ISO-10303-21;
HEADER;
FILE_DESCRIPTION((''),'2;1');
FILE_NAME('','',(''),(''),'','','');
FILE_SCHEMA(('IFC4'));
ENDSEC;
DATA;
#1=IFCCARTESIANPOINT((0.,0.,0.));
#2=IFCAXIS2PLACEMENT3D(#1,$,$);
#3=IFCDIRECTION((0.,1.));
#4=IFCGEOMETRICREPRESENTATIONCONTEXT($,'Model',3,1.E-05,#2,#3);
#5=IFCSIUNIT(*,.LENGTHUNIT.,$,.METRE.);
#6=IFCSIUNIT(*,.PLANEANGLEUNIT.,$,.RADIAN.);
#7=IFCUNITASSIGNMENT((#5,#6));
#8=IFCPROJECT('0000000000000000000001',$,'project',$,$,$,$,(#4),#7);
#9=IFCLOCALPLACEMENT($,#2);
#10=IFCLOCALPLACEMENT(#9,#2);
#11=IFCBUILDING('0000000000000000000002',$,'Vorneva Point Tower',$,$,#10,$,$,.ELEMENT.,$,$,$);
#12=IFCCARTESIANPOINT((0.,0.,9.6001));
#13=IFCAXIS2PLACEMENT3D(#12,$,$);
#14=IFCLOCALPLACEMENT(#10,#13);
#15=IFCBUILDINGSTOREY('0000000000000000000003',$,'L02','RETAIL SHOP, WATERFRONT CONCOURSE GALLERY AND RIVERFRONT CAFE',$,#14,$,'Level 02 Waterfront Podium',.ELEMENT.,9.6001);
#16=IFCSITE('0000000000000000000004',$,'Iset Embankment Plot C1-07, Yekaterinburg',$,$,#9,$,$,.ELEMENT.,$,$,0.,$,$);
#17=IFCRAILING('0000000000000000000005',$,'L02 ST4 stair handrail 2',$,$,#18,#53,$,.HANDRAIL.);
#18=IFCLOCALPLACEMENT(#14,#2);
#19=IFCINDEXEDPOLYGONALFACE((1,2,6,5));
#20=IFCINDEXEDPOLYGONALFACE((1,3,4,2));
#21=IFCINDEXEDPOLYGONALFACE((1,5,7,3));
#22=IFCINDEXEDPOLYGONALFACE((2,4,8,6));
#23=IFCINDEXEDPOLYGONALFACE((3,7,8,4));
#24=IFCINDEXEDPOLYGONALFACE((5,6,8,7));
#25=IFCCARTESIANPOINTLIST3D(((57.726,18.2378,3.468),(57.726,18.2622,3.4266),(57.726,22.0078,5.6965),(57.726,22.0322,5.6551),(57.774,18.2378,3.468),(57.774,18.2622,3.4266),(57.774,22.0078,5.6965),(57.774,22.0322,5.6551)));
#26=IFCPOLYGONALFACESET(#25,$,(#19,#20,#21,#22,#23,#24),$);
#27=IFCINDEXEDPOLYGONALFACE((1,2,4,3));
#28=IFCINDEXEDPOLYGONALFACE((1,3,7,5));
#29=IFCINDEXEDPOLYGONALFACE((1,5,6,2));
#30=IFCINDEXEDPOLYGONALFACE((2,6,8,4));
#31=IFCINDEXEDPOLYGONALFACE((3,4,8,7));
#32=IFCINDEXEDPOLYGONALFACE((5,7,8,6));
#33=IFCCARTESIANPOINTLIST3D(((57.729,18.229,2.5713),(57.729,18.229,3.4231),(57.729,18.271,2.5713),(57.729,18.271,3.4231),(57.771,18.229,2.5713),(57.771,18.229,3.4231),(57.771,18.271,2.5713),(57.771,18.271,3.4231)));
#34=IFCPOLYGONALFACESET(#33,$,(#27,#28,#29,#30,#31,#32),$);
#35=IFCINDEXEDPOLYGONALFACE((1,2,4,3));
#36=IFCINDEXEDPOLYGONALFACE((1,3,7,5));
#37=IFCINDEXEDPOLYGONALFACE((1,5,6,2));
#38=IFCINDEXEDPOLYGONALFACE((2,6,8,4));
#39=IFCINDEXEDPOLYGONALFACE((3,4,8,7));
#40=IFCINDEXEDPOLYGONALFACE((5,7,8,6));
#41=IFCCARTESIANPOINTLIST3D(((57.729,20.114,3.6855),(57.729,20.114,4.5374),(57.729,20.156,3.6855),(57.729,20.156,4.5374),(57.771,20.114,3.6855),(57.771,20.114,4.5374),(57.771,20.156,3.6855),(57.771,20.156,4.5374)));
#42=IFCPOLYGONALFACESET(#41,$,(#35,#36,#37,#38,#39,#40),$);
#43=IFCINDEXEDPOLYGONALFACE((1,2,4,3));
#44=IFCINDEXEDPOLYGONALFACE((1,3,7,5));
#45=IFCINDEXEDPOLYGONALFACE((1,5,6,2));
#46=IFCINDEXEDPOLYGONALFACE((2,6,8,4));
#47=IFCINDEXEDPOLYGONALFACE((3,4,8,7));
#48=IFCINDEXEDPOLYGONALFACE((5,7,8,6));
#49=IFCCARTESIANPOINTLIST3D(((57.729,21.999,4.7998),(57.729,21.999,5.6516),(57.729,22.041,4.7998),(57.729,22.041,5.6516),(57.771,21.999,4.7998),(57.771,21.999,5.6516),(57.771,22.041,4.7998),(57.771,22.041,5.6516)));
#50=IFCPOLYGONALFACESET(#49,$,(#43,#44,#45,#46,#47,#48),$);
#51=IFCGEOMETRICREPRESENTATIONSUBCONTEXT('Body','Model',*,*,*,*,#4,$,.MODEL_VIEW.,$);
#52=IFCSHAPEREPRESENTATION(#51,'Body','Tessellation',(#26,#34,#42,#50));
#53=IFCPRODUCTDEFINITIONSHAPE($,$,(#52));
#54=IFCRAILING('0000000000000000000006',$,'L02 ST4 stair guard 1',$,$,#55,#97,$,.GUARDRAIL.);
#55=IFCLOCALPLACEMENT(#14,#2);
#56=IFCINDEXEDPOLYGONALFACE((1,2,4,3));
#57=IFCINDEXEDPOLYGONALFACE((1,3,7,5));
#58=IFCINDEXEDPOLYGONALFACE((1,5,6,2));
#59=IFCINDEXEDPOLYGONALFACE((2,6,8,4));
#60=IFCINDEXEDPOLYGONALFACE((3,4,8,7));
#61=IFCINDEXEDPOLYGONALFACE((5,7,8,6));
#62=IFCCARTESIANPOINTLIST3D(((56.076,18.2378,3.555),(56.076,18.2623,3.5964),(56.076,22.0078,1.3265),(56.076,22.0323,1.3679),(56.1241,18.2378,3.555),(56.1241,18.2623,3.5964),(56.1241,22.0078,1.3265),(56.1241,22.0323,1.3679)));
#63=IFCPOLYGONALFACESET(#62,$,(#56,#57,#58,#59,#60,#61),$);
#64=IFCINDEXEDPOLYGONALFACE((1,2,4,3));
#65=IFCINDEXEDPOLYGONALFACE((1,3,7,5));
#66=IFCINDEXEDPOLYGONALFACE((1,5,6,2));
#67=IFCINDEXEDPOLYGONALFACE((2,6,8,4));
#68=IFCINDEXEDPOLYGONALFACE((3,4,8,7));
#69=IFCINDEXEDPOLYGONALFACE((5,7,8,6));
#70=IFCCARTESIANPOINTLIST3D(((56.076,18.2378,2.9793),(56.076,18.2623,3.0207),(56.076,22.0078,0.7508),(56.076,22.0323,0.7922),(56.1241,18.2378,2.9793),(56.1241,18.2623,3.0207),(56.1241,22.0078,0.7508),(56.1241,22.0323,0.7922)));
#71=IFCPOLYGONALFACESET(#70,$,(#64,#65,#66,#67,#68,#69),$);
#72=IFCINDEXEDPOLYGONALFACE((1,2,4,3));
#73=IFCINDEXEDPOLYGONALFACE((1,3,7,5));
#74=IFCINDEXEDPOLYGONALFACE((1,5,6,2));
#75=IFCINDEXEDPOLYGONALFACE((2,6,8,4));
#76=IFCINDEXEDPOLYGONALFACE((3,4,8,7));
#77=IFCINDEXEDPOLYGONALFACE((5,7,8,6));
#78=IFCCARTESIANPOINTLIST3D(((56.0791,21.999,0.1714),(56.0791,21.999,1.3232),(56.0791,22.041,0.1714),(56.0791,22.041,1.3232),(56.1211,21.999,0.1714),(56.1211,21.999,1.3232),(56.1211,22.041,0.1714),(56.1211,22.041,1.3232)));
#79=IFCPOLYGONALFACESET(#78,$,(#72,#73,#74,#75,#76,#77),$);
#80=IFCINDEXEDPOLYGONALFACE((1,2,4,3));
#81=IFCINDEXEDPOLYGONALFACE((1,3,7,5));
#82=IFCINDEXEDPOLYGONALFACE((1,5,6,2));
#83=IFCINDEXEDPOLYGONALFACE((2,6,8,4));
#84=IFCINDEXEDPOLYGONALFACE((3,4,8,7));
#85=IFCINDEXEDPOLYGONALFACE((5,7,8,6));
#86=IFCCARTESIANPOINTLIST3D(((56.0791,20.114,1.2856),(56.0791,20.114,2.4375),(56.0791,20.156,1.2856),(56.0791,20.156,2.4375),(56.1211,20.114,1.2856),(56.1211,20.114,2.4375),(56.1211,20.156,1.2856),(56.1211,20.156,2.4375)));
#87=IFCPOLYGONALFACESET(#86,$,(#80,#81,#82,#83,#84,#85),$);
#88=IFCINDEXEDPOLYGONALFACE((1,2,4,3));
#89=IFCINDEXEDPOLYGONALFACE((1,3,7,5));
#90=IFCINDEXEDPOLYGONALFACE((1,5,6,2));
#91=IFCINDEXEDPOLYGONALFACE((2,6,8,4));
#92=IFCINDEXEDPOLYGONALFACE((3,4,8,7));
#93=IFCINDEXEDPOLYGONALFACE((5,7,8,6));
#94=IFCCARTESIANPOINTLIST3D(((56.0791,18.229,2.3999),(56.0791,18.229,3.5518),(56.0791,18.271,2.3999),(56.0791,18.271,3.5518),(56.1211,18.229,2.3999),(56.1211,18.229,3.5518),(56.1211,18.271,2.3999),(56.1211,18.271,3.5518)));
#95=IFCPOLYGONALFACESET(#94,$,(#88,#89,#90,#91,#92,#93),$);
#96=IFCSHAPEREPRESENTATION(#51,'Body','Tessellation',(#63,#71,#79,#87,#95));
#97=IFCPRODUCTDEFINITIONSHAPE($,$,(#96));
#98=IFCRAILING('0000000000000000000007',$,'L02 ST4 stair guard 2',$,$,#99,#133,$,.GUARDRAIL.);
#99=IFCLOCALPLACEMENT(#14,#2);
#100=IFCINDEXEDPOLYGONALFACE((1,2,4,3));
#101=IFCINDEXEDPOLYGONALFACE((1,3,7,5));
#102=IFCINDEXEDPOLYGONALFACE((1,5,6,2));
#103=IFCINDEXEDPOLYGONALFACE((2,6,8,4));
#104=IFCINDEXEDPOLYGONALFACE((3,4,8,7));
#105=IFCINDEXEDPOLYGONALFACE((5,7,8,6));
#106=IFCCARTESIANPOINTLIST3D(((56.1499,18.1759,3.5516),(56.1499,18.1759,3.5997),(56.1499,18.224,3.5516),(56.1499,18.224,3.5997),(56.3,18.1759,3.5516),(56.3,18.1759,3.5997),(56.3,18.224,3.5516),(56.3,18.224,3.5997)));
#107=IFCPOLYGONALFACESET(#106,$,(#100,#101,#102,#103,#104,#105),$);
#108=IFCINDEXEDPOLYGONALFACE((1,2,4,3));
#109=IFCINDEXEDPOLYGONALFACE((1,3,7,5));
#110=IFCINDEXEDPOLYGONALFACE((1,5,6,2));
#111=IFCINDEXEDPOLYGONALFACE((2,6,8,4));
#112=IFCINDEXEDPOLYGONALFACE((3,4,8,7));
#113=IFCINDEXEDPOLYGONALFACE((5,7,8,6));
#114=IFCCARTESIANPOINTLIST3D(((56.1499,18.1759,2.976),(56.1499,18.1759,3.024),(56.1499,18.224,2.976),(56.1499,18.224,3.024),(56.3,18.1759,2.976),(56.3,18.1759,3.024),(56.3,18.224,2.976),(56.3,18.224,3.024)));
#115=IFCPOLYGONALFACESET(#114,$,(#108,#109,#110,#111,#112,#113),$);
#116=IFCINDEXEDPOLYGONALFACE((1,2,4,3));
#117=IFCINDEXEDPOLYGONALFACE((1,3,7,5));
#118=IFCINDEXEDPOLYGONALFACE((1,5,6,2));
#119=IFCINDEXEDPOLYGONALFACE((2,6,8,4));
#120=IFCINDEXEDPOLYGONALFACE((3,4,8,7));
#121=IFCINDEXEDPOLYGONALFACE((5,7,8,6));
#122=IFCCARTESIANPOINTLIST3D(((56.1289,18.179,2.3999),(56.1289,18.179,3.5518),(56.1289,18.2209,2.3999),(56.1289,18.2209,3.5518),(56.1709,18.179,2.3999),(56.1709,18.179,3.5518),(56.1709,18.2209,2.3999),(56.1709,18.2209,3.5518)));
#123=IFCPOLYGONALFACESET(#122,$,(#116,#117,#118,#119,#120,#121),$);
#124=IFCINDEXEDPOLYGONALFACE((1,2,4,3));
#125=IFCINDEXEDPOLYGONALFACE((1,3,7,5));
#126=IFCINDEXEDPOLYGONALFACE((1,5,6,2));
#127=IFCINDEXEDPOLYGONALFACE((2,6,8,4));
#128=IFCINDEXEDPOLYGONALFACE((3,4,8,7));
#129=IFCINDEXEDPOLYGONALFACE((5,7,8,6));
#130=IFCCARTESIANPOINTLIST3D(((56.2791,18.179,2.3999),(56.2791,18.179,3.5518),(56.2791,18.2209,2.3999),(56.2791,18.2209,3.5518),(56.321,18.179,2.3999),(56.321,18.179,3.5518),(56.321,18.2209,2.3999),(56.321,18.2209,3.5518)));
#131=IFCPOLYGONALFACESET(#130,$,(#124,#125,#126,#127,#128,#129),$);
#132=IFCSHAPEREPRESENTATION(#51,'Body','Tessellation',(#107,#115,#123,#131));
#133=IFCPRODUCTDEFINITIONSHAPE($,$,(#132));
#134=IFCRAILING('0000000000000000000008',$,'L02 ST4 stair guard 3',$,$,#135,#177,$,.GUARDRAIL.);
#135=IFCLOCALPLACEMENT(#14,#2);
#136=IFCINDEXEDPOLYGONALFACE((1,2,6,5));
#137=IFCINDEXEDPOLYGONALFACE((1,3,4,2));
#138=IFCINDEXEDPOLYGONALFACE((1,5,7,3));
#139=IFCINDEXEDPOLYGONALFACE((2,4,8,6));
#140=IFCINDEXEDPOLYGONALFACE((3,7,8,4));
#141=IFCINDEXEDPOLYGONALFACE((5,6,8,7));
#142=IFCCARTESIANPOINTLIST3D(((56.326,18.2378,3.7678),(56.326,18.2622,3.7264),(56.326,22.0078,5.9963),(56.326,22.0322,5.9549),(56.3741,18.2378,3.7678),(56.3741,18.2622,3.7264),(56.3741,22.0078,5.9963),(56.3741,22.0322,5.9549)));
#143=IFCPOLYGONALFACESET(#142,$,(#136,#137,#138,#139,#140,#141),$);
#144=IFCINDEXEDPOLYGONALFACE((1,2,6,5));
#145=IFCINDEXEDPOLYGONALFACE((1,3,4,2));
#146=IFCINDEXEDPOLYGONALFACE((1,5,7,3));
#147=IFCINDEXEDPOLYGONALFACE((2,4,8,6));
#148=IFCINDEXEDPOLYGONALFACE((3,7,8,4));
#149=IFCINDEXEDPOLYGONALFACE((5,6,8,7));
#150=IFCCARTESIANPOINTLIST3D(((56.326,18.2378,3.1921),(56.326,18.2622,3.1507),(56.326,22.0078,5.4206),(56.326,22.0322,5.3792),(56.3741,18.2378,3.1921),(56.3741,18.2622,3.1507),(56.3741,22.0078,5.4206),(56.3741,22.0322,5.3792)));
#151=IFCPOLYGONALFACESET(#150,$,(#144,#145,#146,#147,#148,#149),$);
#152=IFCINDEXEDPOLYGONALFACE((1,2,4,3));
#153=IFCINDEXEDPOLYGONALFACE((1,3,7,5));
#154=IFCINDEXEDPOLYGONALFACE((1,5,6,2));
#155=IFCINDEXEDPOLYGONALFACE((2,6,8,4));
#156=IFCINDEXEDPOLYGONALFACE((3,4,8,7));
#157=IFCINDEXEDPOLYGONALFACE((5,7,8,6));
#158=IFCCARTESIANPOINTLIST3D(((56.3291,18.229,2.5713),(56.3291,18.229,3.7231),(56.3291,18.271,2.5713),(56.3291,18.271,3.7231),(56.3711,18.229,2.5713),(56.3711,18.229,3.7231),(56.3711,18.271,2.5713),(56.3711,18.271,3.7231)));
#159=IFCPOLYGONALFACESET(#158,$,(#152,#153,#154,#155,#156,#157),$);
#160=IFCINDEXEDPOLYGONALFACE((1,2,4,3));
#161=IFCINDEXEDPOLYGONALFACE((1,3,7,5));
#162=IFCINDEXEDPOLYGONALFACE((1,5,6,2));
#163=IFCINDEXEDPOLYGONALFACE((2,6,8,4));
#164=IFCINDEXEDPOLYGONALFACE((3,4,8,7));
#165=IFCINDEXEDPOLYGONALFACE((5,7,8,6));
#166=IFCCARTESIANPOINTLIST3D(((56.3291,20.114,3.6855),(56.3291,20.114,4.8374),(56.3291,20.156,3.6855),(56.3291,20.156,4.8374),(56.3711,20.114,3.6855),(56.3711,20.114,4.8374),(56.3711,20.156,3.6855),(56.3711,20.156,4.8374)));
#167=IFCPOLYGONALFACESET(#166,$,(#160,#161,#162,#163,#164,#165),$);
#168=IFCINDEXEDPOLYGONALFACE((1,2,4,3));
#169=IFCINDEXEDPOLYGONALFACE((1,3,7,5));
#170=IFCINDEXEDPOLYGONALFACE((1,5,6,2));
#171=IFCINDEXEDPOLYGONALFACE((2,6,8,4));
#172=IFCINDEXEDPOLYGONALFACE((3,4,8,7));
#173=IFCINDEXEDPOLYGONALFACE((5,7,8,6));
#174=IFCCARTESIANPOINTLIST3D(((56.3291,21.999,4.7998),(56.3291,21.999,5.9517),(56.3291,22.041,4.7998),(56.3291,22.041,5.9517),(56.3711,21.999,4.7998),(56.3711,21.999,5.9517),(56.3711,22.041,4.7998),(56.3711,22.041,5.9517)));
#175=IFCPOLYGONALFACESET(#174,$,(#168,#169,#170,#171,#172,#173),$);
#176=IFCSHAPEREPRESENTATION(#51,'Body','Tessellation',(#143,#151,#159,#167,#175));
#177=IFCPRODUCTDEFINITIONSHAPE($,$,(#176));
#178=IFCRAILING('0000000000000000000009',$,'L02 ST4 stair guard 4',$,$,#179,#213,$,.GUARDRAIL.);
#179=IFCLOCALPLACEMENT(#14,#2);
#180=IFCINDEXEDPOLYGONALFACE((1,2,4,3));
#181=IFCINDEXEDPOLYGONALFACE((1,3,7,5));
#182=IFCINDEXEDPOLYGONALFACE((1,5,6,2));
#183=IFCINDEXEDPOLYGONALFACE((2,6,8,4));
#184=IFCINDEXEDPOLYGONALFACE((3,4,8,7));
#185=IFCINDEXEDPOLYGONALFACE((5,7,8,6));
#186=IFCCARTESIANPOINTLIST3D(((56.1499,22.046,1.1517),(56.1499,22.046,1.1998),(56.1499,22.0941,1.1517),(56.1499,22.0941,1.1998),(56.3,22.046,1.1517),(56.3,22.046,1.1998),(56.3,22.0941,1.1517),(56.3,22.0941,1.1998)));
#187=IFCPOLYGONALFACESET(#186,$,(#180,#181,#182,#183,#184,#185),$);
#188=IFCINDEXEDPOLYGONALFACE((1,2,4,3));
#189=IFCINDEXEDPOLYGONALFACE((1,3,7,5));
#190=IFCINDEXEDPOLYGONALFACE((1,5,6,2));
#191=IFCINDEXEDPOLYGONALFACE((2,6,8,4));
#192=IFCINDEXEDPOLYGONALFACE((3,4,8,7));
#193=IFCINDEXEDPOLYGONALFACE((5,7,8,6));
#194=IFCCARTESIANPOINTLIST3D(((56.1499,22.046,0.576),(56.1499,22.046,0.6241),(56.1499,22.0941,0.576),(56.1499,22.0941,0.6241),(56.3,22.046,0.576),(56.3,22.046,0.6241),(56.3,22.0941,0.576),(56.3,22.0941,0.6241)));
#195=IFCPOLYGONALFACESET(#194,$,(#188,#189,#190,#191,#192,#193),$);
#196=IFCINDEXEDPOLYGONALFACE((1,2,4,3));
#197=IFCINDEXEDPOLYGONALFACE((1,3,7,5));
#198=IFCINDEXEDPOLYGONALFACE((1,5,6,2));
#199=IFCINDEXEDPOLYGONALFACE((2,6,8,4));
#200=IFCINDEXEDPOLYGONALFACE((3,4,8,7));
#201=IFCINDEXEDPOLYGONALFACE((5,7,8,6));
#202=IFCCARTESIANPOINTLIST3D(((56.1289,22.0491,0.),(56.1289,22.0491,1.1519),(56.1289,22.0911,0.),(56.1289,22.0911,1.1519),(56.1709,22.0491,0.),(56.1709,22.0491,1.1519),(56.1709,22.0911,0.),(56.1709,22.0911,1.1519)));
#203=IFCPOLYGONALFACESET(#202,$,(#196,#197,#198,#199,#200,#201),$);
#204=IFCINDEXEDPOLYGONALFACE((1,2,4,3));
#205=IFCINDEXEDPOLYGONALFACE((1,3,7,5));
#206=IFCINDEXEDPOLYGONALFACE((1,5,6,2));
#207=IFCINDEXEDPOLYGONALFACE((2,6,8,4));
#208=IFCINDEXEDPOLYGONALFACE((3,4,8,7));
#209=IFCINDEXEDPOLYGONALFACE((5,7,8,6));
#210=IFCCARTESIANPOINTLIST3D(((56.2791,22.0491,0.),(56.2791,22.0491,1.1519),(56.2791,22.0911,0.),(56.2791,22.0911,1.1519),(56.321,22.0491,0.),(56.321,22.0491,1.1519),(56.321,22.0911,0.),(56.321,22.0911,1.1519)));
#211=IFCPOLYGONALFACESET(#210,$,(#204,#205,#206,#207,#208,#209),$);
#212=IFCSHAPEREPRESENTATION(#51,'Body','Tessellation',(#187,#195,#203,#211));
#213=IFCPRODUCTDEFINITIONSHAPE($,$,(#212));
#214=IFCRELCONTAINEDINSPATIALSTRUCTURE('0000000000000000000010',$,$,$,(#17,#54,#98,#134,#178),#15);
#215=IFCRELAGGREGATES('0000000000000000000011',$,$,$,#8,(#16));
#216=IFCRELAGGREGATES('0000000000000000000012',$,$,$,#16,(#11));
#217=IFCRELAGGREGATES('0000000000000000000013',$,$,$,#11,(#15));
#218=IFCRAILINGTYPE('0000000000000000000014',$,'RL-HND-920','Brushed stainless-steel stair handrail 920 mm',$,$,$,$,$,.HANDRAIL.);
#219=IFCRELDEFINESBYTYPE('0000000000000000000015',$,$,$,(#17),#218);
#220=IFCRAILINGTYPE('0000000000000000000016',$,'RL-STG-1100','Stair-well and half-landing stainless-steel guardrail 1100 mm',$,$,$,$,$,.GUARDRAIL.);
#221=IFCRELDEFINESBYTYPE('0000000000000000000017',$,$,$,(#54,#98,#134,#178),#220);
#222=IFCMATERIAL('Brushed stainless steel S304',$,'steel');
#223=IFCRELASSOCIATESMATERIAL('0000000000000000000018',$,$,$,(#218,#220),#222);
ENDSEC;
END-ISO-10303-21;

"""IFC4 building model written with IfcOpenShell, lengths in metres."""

from ifc_helpers import new_model, si_unit, direction, frame, origin, origin_2d, place, context, subcontext, project, spatial, rectangle, extrude, material, type_object, element, save


model = new_model("IFC4")

# Units and contexts
model_context = context("Model", 3, precision=1e-05, world=origin(), true_north=direction((0.0, 1.0)))
body_context = subcontext(model_context, "Body", "Model", "MODEL_VIEW")
ifc_project = project(units=[si_unit("LENGTHUNIT", "METRE"), si_unit("PLANEANGLEUNIT", "RADIAN")], contexts=[model_context])

# Site, building, storey
site_placement = place(None, origin())
site = spatial("IfcSite", under=ifc_project, at=site_placement, Name="Iset Embankment Plot C1-07, Yekaterinburg", CompositionType="ELEMENT", RefElevation=0.0)
building_placement = place(site_placement, origin())
building = spatial("IfcBuilding", under=site, at=building_placement, Name="Vorneva Point Tower", CompositionType="ELEMENT")
storey_placement = place(building_placement, frame((0.0, 0.0, 9.6001)))
storey = spatial("IfcBuildingStorey", under=building, at=storey_placement, Name="L02", Description="RETAIL SHOP, WATERFRONT CONCOURSE GALLERY AND RIVERFRONT CAFE", LongName="Level 02 Waterfront Podium", CompositionType="ELEMENT", Elevation=9.6001)

# Railings
ifc_material_1 = material(Name="Brushed stainless steel S304", Category="steel")
railing_type_1 = type_object("IfcRailingType", Name="RL-HND-920", Description="Brushed stainless-steel stair handrail 920 mm", PredefinedType="HANDRAIL", material=ifc_material_1)
railing_1_placement = place(storey_placement, frame((57.75, 18.25, 2.5713)))
element("IfcRailing", 1, at=railing_1_placement, inside=storey, type_object=railing_type_1, Name="L02 ST4 stair handrail 2", PredefinedType="HANDRAIL", context=body_context, shape_type="SweptSolid", body=[
    extrude(rectangle(XDim=0.0481, YDim=0.0481, at=origin_2d()), frame((0.0, 0.0, 0.876), z_axis=(0.0, 0.860849, 0.508861), x_axis=(-1.0, 0.0, 0.0)), (0.0, 0.0, 1.0), 4.3794),
    extrude(rectangle(XDim=0.042, YDim=0.042, at=origin_2d()), origin(), (0.0, 0.0, 1.0), 0.8518),
    extrude(rectangle(XDim=0.042, YDim=0.042, at=origin_2d()), frame((0.0, 1.885, 1.1143)), (0.0, 0.0, 1.0), 0.8518),
    extrude(rectangle(XDim=0.042, YDim=0.042, at=origin_2d()), frame((0.0, 3.77, 2.2285)), (0.0, 0.0, 1.0), 0.8518),
])
railing_type_2 = type_object("IfcRailingType", Name="RL-STG-1100", Description="Stair-well and half-landing stainless-steel guardrail 1100 mm", PredefinedType="GUARDRAIL", material=ifc_material_1)
railing_2_placement = place(storey_placement, frame((56.1001, 22.02, 0.1714)))
element("IfcRailing", 2, at=railing_2_placement, inside=storey, type_object=railing_type_2, Name="L02 ST4 stair guard 1", PredefinedType="GUARDRAIL", context=body_context, shape_type="SweptSolid", body=[
    extrude(rectangle(XDim=0.0481, YDim=0.0481, at=origin_2d()), frame((0.0, 0.0, 1.1758), z_axis=(0.0, -0.860849, 0.508861), x_axis=(1.0, 0.0, 0.0)), (0.0, 0.0, 1.0), 4.3794),
    extrude(rectangle(XDim=0.0481, YDim=0.0481, at=origin_2d()), frame((0.0, 0.0, 0.6001), z_axis=(0.0, -0.860849, 0.508861), x_axis=(1.0, 0.0, 0.0)), (0.0, 0.0, 1.0), 4.3794),
    extrude(rectangle(XDim=0.042, YDim=0.042, at=origin_2d()), origin(), (0.0, 0.0, 1.0), 1.1519),
    extrude(rectangle(XDim=0.042, YDim=0.042, at=origin_2d()), frame((0.0, -1.885, 1.1143)), (0.0, 0.0, 1.0), 1.1519),
    extrude(rectangle(XDim=0.042, YDim=0.042, at=origin_2d()), frame((0.0, -3.77, 2.2285)), (0.0, 0.0, 1.0), 1.1519),
])
railing_3_placement = place(storey_placement, frame((56.1499, 18.2, 2.3999)))
element("IfcRailing", 3, at=railing_3_placement, inside=storey, type_object=railing_type_2, Name="L02 ST4 stair guard 2", PredefinedType="GUARDRAIL", context=body_context, shape_type="SweptSolid", body=[
    extrude(rectangle(XDim=0.0481, YDim=0.0481, at=origin_2d()), frame((0.0, 0.0, 1.1758), z_axis=(1.0, 0.0, 0.0), x_axis=(0.0, 1.0, 0.0)), (0.0, 0.0, 1.0), 0.1501),
    extrude(rectangle(XDim=0.0481, YDim=0.0481, at=origin_2d()), frame((0.0, 0.0, 0.6001), z_axis=(1.0, 0.0, 0.0), x_axis=(0.0, 1.0, 0.0)), (0.0, 0.0, 1.0), 0.1501),
    extrude(rectangle(XDim=0.042, YDim=0.042, at=origin_2d()), origin(), (0.0, 0.0, 1.0), 1.1519),
    extrude(rectangle(XDim=0.042, YDim=0.042, at=origin_2d()), frame((0.1501, 0.0, 0.0)), (0.0, 0.0, 1.0), 1.1519),
])
railing_4_placement = place(storey_placement, frame((56.3501, 18.25, 2.5713)))
element("IfcRailing", 4, at=railing_4_placement, inside=storey, type_object=railing_type_2, Name="L02 ST4 stair guard 3", PredefinedType="GUARDRAIL", context=body_context, shape_type="SweptSolid", body=[
    extrude(rectangle(XDim=0.0481, YDim=0.0481, at=origin_2d()), frame((0.0, 0.0, 1.1758), z_axis=(0.0, 0.860849, 0.508861), x_axis=(-1.0, 0.0, 0.0)), (0.0, 0.0, 1.0), 4.3794),
    extrude(rectangle(XDim=0.0481, YDim=0.0481, at=origin_2d()), frame((0.0, 0.0, 0.6001), z_axis=(0.0, 0.860849, 0.508861), x_axis=(-1.0, 0.0, 0.0)), (0.0, 0.0, 1.0), 4.3794),
    extrude(rectangle(XDim=0.042, YDim=0.042, at=origin_2d()), origin(), (0.0, 0.0, 1.0), 1.1519),
    extrude(rectangle(XDim=0.042, YDim=0.042, at=origin_2d()), frame((0.0, 1.885, 1.1143)), (0.0, 0.0, 1.0), 1.1519),
    extrude(rectangle(XDim=0.042, YDim=0.042, at=origin_2d()), frame((0.0, 3.77, 2.2285)), (0.0, 0.0, 1.0), 1.1519),
])
railing_5_placement = place(storey_placement, frame((56.1499, 22.0701, 0.0)))
element("IfcRailing", 5, at=railing_5_placement, inside=storey, type_object=railing_type_2, Name="L02 ST4 stair guard 4", PredefinedType="GUARDRAIL", context=body_context, shape_type="SweptSolid", body=[
    extrude(rectangle(XDim=0.0481, YDim=0.0481, at=origin_2d()), frame((0.0, 0.0, 1.1758), z_axis=(1.0, 0.0, 0.0), x_axis=(0.0, 1.0, 0.0)), (0.0, 0.0, 1.0), 0.1501),
    extrude(rectangle(XDim=0.0481, YDim=0.0481, at=origin_2d()), frame((0.0, 0.0, 0.6001), z_axis=(1.0, 0.0, 0.0), x_axis=(0.0, 1.0, 0.0)), (0.0, 0.0, 1.0), 0.1501),
    extrude(rectangle(XDim=0.042, YDim=0.042, at=origin_2d()), origin(), (0.0, 0.0, 1.0), 1.1519),
    extrude(rectangle(XDim=0.042, YDim=0.042, at=origin_2d()), frame((0.1501, 0.0, 0.0)), (0.0, 0.0, 1.0), 1.1519),
])

save(model, "model.ifc")
